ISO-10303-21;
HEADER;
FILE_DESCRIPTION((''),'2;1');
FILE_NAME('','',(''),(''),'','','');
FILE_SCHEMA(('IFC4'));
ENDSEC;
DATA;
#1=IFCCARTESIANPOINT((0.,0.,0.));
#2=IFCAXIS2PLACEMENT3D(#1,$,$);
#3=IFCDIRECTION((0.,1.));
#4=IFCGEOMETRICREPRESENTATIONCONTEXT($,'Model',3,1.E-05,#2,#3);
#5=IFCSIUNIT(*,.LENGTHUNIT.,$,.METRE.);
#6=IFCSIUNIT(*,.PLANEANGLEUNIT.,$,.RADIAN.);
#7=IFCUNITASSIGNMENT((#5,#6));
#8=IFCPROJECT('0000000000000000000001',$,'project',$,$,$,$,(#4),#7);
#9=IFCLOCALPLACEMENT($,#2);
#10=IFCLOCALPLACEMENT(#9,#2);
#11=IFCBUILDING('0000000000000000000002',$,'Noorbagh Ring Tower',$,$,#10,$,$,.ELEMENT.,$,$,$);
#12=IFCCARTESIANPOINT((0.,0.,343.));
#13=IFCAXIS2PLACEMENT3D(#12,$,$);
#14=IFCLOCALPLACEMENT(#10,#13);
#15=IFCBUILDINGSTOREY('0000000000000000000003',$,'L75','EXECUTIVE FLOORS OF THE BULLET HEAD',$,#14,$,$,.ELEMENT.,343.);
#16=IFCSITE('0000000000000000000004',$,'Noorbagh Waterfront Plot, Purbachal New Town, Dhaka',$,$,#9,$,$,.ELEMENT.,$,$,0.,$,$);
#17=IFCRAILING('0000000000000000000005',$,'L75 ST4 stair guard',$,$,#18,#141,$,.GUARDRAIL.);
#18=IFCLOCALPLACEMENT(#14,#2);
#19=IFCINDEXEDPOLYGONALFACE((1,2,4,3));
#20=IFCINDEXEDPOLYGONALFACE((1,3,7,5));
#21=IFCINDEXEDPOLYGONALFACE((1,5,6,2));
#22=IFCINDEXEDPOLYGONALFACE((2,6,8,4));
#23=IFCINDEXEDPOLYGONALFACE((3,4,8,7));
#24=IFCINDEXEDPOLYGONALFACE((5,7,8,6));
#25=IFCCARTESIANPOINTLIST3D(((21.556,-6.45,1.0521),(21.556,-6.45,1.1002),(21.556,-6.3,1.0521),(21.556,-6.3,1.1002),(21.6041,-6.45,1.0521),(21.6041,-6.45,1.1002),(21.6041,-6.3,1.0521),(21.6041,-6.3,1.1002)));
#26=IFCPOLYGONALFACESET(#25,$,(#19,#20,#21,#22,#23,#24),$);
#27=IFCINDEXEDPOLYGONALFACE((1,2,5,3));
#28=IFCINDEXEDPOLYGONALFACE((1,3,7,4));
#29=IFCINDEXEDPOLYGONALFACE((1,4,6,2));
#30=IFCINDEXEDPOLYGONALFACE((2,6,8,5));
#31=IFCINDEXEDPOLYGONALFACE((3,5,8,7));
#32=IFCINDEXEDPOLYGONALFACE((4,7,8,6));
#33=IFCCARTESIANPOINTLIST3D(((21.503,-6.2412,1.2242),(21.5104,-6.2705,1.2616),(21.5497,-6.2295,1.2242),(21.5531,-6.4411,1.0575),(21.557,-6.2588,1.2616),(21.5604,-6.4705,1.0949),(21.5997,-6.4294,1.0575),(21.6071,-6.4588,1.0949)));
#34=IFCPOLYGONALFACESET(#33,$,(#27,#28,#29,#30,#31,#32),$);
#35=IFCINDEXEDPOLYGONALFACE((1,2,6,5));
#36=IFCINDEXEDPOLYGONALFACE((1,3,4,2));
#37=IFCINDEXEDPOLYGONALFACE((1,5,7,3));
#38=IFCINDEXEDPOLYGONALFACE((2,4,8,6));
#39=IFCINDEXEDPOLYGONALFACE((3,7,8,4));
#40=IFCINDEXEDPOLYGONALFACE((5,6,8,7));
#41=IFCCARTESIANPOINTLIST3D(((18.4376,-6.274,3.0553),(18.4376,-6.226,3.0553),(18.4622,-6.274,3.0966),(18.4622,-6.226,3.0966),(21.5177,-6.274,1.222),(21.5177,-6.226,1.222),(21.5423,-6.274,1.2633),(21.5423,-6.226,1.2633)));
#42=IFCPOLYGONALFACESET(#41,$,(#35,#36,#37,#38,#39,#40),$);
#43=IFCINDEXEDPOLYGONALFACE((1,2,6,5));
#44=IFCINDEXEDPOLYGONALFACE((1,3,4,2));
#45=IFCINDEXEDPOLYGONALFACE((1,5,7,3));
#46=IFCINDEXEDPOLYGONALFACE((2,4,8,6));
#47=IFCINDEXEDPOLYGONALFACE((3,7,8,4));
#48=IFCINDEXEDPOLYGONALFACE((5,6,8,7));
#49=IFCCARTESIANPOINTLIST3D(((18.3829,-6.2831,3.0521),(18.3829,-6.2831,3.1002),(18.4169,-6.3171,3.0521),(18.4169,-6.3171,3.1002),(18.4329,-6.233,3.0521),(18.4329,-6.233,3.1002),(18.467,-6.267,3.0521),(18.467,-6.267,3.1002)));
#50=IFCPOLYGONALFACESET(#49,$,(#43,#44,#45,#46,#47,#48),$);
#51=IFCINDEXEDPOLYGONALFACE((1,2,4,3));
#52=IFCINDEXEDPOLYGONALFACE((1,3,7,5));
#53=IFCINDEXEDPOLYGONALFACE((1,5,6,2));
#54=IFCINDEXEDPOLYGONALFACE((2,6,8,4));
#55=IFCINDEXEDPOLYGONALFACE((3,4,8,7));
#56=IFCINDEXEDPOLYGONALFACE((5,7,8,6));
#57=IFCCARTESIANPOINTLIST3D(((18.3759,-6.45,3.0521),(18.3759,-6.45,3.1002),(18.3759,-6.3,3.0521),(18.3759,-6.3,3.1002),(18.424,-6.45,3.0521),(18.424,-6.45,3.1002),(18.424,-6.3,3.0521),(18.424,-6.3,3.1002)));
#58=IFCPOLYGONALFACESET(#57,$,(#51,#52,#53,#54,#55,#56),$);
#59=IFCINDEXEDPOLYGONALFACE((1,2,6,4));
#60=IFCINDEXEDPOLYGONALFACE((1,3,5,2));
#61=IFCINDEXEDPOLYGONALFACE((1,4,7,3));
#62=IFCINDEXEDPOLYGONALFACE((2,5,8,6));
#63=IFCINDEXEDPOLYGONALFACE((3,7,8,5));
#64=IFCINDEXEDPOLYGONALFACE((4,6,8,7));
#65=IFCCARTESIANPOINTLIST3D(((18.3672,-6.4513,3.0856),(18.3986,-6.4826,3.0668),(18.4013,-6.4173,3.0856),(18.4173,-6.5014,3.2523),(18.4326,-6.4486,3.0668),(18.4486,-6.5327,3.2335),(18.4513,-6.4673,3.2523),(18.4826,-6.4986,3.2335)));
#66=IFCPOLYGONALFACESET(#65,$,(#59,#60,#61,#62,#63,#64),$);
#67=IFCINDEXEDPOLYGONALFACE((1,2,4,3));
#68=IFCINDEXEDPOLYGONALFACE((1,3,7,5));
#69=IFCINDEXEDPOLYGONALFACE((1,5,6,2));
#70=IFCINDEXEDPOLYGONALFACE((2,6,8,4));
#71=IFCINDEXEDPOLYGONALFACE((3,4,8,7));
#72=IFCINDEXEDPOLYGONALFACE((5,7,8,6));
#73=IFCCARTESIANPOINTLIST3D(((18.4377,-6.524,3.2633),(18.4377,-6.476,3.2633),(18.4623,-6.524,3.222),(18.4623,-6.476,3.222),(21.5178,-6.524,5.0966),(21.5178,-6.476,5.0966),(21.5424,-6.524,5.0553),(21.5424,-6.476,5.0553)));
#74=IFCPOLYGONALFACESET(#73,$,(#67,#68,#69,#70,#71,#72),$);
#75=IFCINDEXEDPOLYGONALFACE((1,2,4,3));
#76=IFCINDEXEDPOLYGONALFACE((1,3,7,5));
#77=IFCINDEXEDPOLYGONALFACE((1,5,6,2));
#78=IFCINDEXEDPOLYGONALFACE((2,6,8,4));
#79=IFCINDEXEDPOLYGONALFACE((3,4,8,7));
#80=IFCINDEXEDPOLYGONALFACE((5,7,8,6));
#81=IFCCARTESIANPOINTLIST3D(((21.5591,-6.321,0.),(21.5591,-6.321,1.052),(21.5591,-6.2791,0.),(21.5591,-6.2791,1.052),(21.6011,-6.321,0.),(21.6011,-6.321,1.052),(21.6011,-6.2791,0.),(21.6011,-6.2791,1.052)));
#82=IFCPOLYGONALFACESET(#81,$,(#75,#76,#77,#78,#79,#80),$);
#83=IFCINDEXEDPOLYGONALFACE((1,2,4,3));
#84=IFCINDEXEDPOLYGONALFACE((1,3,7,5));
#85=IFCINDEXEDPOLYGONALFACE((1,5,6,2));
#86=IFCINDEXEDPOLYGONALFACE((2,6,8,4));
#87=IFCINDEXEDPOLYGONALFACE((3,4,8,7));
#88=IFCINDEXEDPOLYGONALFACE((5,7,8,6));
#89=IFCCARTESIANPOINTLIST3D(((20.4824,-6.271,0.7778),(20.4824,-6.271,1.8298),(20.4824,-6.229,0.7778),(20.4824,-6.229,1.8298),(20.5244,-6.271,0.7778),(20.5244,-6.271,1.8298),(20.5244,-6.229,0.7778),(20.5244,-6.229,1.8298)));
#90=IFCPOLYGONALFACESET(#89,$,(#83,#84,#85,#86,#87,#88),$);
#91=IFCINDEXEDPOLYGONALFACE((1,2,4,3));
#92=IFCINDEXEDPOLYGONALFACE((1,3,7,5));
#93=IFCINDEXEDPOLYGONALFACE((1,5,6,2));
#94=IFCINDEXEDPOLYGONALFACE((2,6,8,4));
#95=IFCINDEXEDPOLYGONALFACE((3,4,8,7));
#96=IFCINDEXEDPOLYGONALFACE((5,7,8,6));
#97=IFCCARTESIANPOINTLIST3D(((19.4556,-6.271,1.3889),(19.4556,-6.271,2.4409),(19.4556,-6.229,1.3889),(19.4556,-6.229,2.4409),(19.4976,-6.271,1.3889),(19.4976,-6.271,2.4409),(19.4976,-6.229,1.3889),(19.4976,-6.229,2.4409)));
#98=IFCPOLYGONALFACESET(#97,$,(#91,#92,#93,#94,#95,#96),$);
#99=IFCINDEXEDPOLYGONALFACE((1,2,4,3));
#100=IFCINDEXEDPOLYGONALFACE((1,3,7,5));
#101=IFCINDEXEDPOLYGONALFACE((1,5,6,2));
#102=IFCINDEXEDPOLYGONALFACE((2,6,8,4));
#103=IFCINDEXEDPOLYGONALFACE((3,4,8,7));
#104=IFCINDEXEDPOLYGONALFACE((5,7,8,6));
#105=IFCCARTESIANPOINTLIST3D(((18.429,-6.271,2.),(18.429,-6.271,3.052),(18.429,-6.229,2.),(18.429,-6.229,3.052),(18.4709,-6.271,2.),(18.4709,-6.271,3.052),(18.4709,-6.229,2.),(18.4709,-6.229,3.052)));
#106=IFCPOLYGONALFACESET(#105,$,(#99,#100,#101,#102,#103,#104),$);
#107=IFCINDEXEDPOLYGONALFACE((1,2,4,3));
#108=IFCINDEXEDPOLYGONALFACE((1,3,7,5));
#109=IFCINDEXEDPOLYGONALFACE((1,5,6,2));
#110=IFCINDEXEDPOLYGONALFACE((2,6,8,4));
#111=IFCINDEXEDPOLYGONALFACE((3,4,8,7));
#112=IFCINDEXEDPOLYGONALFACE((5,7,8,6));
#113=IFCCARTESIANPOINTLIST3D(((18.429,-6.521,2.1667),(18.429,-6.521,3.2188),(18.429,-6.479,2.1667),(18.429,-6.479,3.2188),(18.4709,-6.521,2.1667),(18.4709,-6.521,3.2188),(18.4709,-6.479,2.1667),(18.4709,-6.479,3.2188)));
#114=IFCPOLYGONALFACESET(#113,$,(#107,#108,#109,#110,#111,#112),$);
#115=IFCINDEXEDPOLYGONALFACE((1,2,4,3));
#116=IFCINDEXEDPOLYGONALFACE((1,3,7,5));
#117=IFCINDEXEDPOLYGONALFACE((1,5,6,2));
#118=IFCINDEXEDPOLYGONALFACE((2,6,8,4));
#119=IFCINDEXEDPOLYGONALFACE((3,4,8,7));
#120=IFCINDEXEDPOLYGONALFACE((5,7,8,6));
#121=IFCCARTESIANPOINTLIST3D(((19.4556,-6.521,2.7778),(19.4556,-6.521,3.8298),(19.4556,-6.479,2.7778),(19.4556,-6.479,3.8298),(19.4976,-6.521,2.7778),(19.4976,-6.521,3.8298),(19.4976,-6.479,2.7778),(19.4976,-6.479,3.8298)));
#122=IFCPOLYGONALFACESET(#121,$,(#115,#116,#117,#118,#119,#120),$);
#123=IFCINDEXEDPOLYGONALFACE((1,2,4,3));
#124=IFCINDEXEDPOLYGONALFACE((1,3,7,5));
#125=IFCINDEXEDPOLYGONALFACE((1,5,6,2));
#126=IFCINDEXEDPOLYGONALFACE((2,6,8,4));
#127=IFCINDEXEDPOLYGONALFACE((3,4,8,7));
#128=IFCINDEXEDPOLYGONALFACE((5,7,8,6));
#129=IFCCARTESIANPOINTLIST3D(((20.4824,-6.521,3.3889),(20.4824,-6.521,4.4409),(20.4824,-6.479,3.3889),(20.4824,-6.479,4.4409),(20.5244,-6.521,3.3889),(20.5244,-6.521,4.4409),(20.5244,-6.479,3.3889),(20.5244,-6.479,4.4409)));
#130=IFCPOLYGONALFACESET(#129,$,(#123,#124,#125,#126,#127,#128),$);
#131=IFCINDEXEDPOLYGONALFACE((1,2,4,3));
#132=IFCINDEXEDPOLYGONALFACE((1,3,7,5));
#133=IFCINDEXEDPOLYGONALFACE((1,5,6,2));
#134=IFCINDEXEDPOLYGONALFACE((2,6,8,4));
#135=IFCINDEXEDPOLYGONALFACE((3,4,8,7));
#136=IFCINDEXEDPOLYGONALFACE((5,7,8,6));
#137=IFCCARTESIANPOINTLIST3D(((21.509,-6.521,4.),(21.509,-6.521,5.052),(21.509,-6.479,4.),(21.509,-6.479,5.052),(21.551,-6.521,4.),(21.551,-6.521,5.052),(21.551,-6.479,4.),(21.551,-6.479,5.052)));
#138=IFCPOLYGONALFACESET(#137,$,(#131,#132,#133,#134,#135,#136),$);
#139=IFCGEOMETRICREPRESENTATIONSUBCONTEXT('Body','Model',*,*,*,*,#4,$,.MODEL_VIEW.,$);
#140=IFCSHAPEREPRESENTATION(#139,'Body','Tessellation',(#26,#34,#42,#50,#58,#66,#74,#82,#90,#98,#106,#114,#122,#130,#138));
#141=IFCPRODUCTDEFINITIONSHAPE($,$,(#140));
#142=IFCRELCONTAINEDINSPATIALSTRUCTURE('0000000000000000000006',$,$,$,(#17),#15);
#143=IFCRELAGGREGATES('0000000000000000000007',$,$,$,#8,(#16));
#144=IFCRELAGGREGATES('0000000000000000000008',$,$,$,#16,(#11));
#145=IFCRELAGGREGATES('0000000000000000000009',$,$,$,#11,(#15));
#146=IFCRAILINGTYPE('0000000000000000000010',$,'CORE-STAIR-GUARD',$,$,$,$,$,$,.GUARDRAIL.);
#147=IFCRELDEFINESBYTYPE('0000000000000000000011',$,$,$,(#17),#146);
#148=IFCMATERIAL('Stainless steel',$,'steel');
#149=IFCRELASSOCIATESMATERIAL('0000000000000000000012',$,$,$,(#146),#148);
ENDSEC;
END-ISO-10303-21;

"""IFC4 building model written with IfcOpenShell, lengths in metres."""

from ifc_helpers import new_model, si_unit, direction, frame, origin, origin_2d, place, context, subcontext, project, spatial, rectangle, extrude, material, type_object, element, save


model = new_model("IFC4")

# Units and contexts
model_context = context("Model", 3, precision=1e-05, world=origin(), true_north=direction((0.0, 1.0)))
body_context = subcontext(model_context, "Body", "Model", "MODEL_VIEW")
ifc_project = project(units=[si_unit("LENGTHUNIT", "METRE"), si_unit("PLANEANGLEUNIT", "RADIAN")], contexts=[model_context])

# Site, building, storey
site_placement = place(None, origin())
site = spatial("IfcSite", under=ifc_project, at=site_placement, Name="Noorbagh Waterfront Plot, Purbachal New Town, Dhaka", CompositionType="ELEMENT", RefElevation=0.0)
building_placement = place(site_placement, origin())
building = spatial("IfcBuilding", under=site, at=building_placement, Name="Noorbagh Ring Tower", CompositionType="ELEMENT")
storey_placement = place(building_placement, frame((0.0, 0.0, 343.0)))
storey = spatial("IfcBuildingStorey", under=building, at=storey_placement, Name="L75", Description="EXECUTIVE FLOORS OF THE BULLET HEAD", CompositionType="ELEMENT", Elevation=343.0)

# Railing
ifc_material_1 = material(Name="Stainless steel", Category="steel")
railing_type_1 = type_object("IfcRailingType", Name="CORE-STAIR-GUARD", PredefinedType="GUARDRAIL", material=ifc_material_1)
railing_1_placement = place(storey_placement, frame((21.5801, -6.3, 0.0)))
element("IfcRailing", 1, at=railing_1_placement, inside=storey, type_object=railing_type_1, Name="L75 ST4 stair guard", PredefinedType="GUARDRAIL", context=body_context, shape_type="SweptSolid", body=[
    extrude(rectangle(XDim=0.0481, YDim=0.0481, at=origin_2d()), frame((0.0, 0.0, 1.0762), z_axis=(0.0, -1.0, 0.0), x_axis=(1.0, 0.0, 0.0)), (0.0, 0.0, 1.0), 0.1499),
    extrude(rectangle(XDim=0.0481, YDim=0.0481, at=origin_2d()), frame((0.0, -0.1499, 1.0762), z_axis=(-0.188776, 0.754182, 0.628946), x_axis=(-0.970073, -0.242814, 0.0)), (0.0, 0.0, 1.0), 0.2651),
    extrude(rectangle(XDim=0.0481, YDim=0.0481, at=origin_2d()), frame((-0.05, 0.05, 1.2427), z_axis=(-0.859309, 0.0, 0.511458), x_axis=(0.0, -1.0, 0.0)), (0.0, 0.0, 1.0), 3.5845),
    extrude(rectangle(XDim=0.0481, YDim=0.0481, at=origin_2d()), frame((-3.1301, 0.05, 3.0762), z_axis=(-0.707107, -0.707107, 0.0), x_axis=(0.707107, -0.707107, 0.0)), (0.0, 0.0, 1.0), 0.0708),
    extrude(rectangle(XDim=0.0481, YDim=0.0481, at=origin_2d()), frame((-3.1802, 0.0, 3.0762), z_axis=(0.0, -1.0, 0.0), x_axis=(1.0, 0.0, 0.0)), (0.0, 0.0, 1.0), 0.1499),
    extrude(rectangle(XDim=0.0481, YDim=0.0481, at=origin_2d()), frame((-3.1802, -0.1499, 3.0762), z_axis=(0.276287, -0.276287, 0.920506), x_axis=(0.707107, 0.707107, 0.0)), (0.0, 0.0, 1.0), 0.1812),
    extrude(rectangle(XDim=0.0481, YDim=0.0481, at=origin_2d()), frame((-3.1301, -0.2, 3.2427), z_axis=(0.859309, 0.0, 0.511458), x_axis=(0.0, 1.0, 0.0)), (0.0, 0.0, 1.0), 3.5845),
    extrude(rectangle(XDim=0.042, YDim=0.042, at=origin_2d()), origin(), (0.0, 0.0, 1.0), 1.052),
    extrude(rectangle(XDim=0.042, YDim=0.042, at=origin_2d()), frame((-1.0767, 0.05, 0.7778)), (0.0, 0.0, 1.0), 1.052),
    extrude(rectangle(XDim=0.042, YDim=0.042, at=origin_2d()), frame((-2.1035, 0.05, 1.3889)), (0.0, 0.0, 1.0), 1.052),
    extrude(rectangle(XDim=0.042, YDim=0.042, at=origin_2d()), frame((-3.1301, 0.05, 2.0)), (0.0, 0.0, 1.0), 1.052),
    extrude(rectangle(XDim=0.042, YDim=0.042, at=origin_2d()), frame((-3.1301, -0.2, 2.1667)), (0.0, 0.0, 1.0), 1.052),
    extrude(rectangle(XDim=0.042, YDim=0.042, at=origin_2d()), frame((-2.1035, -0.2, 2.7778)), (0.0, 0.0, 1.0), 1.052),
    extrude(rectangle(XDim=0.042, YDim=0.042, at=origin_2d()), frame((-1.0767, -0.2, 3.3889)), (0.0, 0.0, 1.0), 1.052),
    extrude(rectangle(XDim=0.042, YDim=0.042, at=origin_2d()), frame((-0.05, -0.2, 4.0)), (0.0, 0.0, 1.0), 1.052),
])

save(model, "model.ifc")
